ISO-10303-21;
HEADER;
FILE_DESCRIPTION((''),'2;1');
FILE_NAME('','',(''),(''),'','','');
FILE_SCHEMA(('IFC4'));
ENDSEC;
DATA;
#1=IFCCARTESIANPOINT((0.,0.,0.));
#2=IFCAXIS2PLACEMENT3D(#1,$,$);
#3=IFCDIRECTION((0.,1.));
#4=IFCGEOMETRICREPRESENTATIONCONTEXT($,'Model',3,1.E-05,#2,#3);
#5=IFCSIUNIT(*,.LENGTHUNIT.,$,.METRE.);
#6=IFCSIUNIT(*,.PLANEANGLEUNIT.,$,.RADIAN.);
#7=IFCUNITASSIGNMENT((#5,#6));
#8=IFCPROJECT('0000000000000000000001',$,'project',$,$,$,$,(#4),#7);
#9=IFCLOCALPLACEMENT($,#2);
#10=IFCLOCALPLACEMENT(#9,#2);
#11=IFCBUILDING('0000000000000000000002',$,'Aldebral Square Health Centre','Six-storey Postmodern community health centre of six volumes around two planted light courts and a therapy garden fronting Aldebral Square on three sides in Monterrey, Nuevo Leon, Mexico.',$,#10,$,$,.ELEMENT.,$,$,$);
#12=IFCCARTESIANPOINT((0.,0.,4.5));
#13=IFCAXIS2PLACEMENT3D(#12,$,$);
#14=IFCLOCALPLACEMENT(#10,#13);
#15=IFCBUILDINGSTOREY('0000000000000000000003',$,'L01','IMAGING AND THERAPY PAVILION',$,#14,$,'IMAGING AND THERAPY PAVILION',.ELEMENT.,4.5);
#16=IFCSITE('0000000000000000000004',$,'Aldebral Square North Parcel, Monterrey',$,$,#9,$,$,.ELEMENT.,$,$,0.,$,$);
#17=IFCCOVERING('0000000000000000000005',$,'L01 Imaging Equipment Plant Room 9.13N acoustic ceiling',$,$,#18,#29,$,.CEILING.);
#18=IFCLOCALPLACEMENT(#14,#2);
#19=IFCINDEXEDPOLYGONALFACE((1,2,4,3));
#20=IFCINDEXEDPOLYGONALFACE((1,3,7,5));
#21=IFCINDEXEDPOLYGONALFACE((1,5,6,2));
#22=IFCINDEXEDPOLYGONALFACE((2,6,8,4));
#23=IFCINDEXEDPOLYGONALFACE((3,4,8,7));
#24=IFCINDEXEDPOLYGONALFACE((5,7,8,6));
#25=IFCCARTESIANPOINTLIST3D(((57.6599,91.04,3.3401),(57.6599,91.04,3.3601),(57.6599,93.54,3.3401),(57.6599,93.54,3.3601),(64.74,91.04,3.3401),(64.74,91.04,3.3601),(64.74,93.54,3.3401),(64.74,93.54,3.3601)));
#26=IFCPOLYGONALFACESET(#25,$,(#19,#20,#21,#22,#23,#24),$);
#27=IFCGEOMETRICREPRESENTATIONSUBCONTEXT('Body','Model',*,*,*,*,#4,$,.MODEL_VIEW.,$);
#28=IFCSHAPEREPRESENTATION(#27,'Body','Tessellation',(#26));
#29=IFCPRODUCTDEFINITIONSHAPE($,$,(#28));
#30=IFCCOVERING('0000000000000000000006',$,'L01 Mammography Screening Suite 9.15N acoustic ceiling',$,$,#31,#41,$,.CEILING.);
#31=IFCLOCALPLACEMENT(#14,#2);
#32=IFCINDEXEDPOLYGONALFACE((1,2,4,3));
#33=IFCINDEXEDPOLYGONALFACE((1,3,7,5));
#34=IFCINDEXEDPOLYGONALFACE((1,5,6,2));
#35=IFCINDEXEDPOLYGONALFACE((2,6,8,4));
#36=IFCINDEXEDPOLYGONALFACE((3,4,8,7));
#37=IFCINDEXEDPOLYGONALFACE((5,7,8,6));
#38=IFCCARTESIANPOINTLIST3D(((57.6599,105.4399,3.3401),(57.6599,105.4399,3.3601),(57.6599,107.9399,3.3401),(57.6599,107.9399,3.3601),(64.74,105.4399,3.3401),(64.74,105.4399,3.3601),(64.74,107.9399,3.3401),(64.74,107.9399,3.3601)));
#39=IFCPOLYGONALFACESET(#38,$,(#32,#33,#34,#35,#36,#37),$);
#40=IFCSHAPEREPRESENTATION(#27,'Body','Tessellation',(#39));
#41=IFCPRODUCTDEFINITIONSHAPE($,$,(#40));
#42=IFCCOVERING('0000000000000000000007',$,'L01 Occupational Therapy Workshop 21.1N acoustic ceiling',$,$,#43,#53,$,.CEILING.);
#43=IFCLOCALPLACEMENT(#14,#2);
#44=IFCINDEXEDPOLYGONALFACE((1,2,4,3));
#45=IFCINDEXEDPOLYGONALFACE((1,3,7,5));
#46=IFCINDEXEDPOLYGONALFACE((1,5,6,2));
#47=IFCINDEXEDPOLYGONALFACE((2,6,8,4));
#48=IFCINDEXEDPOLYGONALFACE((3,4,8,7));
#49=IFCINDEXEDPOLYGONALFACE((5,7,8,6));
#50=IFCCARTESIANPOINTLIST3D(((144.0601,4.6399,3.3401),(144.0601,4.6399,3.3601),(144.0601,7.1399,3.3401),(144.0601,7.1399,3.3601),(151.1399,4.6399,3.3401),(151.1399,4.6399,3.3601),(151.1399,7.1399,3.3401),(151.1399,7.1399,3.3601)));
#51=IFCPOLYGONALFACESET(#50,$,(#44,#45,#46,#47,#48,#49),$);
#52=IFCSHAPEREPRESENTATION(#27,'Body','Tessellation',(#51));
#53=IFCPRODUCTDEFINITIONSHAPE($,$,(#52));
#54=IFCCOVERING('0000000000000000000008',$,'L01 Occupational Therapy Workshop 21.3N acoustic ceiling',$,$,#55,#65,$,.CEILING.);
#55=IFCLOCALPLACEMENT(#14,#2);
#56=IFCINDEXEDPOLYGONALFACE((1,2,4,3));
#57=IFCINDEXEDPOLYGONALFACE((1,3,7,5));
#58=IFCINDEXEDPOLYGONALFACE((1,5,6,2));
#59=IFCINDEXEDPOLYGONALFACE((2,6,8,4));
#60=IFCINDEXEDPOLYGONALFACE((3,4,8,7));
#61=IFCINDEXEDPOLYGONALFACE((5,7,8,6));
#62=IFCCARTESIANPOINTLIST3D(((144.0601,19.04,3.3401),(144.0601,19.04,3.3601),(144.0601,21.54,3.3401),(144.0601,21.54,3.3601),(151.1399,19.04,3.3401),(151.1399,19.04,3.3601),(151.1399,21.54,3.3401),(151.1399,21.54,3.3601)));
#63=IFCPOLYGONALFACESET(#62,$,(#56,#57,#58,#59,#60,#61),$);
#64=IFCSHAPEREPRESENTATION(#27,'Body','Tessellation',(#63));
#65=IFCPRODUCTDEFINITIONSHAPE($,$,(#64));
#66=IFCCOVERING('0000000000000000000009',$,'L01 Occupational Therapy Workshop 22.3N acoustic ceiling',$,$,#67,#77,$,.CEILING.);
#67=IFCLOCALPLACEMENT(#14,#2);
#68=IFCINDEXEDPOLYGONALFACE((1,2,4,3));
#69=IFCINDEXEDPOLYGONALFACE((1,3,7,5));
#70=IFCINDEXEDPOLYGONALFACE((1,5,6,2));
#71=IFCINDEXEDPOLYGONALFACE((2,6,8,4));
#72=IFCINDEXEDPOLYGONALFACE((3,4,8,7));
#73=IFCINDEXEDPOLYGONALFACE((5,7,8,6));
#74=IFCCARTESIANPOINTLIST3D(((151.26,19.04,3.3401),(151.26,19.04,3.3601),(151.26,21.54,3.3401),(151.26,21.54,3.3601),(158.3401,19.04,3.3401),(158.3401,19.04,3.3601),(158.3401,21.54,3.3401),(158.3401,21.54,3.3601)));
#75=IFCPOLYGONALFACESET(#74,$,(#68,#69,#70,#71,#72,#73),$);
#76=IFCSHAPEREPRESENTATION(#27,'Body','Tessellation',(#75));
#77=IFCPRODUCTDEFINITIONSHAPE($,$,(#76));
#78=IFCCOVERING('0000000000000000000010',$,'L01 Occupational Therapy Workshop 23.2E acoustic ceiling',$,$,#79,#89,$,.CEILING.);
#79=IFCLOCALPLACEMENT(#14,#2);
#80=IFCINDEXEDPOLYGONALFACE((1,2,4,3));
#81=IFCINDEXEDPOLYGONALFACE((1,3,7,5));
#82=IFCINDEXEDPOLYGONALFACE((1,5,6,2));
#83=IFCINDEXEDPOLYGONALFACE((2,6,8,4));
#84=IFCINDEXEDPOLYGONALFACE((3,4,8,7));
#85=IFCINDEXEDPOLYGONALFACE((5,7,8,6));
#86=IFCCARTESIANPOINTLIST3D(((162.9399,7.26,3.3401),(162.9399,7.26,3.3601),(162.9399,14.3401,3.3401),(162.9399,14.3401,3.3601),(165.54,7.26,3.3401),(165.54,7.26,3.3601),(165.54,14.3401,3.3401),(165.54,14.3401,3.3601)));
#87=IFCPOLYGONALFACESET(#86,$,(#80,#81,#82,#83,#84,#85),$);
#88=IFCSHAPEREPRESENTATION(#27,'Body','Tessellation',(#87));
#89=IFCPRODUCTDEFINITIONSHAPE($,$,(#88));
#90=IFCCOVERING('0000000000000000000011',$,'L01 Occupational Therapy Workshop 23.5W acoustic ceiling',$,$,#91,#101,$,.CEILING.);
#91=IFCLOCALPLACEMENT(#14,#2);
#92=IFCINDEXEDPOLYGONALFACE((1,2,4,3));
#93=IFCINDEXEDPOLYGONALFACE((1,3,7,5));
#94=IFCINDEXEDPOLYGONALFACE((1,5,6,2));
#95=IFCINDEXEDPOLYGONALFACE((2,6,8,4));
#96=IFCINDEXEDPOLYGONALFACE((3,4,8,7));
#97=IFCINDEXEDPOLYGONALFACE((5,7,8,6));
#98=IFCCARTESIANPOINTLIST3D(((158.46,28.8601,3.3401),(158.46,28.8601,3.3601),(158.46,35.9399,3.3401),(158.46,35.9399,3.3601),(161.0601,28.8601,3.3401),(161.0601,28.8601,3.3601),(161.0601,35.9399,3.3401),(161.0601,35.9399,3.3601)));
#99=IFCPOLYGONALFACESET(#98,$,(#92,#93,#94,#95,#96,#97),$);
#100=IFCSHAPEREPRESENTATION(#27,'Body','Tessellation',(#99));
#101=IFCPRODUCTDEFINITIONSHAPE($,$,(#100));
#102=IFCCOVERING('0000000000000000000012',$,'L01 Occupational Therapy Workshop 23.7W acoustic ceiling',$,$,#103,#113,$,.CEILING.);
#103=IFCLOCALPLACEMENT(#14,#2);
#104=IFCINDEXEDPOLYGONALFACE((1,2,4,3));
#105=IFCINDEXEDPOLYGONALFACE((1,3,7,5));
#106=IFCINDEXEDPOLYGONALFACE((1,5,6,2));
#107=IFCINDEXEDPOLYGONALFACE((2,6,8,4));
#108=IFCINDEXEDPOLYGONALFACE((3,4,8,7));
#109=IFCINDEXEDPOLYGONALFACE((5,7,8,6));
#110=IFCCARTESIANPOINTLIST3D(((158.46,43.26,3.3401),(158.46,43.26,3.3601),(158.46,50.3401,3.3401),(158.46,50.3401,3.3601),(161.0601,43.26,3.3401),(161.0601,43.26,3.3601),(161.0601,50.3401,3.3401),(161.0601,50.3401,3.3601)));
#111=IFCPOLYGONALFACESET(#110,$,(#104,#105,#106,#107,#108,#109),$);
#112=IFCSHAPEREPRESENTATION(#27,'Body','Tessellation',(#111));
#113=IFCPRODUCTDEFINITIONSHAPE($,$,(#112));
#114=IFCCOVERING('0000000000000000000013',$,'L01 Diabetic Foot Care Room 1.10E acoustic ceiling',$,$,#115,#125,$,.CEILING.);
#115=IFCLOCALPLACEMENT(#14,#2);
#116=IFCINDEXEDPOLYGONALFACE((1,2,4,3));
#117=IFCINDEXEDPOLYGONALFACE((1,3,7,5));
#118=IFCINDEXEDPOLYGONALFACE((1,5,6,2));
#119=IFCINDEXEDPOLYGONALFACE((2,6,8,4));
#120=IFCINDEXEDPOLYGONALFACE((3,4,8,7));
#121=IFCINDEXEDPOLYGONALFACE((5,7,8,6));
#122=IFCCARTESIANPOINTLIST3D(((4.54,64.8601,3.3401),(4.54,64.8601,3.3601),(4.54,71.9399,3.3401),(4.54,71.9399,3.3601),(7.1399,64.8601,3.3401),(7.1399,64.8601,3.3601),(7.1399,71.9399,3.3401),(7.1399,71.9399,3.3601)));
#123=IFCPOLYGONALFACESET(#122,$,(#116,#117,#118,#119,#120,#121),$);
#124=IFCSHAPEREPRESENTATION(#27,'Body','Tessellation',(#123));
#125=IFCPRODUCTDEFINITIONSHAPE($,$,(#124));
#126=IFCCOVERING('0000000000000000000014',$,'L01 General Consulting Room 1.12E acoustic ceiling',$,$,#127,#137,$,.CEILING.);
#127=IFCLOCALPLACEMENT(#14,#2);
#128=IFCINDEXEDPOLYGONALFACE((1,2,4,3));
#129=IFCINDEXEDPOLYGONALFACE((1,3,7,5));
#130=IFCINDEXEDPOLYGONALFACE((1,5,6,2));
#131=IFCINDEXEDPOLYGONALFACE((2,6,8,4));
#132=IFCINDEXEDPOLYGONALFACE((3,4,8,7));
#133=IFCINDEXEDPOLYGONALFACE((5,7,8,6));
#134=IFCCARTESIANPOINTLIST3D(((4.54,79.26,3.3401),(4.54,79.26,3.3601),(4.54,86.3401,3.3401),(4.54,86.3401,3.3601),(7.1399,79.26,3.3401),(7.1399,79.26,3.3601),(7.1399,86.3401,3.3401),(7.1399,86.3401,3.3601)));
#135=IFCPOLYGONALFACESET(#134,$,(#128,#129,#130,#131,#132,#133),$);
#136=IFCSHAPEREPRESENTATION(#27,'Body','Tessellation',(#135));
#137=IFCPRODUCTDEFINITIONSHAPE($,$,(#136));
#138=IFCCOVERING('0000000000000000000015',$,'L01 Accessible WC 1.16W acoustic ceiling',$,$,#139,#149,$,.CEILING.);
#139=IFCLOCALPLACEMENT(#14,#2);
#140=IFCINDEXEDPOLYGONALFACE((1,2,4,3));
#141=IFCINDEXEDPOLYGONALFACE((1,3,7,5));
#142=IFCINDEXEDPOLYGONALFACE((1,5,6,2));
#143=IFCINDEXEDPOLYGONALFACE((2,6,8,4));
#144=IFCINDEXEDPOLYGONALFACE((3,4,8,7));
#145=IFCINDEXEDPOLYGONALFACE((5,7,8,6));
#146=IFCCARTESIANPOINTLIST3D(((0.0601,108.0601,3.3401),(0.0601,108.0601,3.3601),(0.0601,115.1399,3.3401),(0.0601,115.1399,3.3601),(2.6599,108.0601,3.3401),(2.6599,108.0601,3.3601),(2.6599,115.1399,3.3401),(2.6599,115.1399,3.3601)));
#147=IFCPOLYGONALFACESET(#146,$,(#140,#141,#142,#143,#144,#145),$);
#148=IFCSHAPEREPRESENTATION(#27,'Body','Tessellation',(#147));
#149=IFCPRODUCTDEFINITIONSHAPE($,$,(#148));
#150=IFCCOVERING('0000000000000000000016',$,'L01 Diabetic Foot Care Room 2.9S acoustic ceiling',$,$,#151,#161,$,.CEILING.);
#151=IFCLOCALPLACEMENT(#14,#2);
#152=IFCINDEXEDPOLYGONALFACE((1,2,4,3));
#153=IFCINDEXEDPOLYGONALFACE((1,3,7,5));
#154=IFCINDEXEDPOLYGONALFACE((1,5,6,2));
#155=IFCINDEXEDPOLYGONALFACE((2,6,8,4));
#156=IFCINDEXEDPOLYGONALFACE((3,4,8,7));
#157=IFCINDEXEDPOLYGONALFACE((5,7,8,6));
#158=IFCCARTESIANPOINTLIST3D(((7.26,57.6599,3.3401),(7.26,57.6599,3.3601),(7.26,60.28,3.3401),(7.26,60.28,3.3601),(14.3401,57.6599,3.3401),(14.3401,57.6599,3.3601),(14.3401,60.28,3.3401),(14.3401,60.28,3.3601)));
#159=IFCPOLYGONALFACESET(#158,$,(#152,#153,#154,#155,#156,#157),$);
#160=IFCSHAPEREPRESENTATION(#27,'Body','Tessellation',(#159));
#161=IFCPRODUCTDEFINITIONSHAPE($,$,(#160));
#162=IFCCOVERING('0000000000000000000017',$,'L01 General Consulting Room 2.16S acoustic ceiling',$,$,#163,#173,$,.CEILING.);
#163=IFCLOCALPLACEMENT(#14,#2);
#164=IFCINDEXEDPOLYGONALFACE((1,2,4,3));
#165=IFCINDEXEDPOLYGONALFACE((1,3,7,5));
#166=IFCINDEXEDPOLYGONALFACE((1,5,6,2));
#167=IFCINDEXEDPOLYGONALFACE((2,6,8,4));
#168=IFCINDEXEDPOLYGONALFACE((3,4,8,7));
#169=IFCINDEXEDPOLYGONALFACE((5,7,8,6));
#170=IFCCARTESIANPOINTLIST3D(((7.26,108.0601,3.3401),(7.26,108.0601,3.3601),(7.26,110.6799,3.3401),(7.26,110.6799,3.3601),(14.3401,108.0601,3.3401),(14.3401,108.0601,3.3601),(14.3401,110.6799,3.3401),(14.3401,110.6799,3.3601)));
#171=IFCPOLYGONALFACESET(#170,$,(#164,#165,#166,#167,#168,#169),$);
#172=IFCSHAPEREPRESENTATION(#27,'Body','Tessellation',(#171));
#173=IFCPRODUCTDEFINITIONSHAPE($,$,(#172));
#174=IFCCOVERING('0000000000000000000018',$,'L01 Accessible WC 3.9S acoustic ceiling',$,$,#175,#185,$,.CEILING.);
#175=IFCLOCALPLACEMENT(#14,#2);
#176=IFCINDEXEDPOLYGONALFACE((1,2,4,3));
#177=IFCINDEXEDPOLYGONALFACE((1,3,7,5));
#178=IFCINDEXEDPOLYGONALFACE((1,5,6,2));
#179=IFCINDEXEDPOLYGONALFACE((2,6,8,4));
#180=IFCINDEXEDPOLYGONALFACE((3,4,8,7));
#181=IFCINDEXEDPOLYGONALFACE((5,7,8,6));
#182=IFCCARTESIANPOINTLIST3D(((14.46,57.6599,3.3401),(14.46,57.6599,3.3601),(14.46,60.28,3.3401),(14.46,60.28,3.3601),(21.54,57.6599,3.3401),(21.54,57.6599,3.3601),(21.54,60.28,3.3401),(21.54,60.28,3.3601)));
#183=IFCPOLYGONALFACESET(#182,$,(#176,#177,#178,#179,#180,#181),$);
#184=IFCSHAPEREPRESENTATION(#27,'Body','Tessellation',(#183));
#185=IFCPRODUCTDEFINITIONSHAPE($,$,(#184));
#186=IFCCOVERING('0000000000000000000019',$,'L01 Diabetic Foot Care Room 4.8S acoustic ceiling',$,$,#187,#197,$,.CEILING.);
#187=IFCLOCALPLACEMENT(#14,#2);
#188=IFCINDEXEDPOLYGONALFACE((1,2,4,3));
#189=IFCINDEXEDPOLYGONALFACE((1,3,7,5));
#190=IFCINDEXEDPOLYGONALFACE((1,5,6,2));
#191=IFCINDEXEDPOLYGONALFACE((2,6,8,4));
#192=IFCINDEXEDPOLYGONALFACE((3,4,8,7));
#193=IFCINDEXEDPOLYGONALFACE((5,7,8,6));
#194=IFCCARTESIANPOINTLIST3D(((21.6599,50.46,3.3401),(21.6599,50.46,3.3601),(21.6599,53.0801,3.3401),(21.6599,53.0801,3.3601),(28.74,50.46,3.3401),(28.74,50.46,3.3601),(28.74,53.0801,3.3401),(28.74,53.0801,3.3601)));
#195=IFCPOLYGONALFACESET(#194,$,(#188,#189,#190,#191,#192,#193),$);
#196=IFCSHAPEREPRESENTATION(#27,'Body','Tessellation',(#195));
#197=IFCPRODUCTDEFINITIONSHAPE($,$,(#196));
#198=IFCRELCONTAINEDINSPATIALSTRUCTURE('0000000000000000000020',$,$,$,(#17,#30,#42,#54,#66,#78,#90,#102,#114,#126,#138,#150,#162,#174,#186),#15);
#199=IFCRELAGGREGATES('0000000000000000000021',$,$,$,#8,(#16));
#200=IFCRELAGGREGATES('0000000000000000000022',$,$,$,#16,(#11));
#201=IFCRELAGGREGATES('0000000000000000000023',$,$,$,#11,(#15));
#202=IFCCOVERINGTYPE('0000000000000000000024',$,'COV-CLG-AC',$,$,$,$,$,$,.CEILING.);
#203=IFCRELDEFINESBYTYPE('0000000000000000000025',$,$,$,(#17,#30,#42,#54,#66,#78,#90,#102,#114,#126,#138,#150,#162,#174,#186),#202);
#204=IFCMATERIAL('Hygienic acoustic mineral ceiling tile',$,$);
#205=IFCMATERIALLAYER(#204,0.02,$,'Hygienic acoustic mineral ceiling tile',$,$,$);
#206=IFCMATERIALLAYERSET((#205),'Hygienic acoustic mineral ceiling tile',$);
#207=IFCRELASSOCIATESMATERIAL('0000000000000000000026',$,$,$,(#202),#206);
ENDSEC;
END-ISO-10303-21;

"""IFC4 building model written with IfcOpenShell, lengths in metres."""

from ifc_helpers import new_model, si_unit, direction, frame, origin, place, context, subcontext, project, spatial, polyline, outline, extrude, material, layer, layer_set, type_object, element, save


model = new_model("IFC4")

# Units and contexts
model_context = context("Model", 3, precision=1e-05, world=origin(), true_north=direction((0.0, 1.0)))
body_context = subcontext(model_context, "Body", "Model", "MODEL_VIEW")
ifc_project = project(units=[si_unit("LENGTHUNIT", "METRE"), si_unit("PLANEANGLEUNIT", "RADIAN")], contexts=[model_context])

# Site, building, storey
site_placement = place(None, origin())
site = spatial("IfcSite", under=ifc_project, at=site_placement, Name="Aldebral Square North Parcel, Monterrey", CompositionType="ELEMENT", RefElevation=0.0)
building_placement = place(site_placement, origin())
building = spatial("IfcBuilding", under=site, at=building_placement, Name="Aldebral Square Health Centre", Description="Six-storey Postmodern community health centre of six volumes around two planted light courts and a therapy garden fronting Aldebral Square on three sides in Monterrey, Nuevo Leon, Mexico.", CompositionType="ELEMENT")
storey_placement = place(building_placement, frame((0.0, 0.0, 4.5)))
storey = spatial("IfcBuildingStorey", under=building, at=storey_placement, Name="L01", Description="IMAGING AND THERAPY PAVILION", LongName="IMAGING AND THERAPY PAVILION", CompositionType="ELEMENT", Elevation=4.5)

# Coverings
ifc_material = material(Name="Hygienic acoustic mineral ceiling tile")
ifc_layer = layer(ifc_material, 0.02, Name="Hygienic acoustic mineral ceiling tile")
ifc_layer_set = layer_set([ifc_layer], Name="Hygienic acoustic mineral ceiling tile")
covering_type = type_object("IfcCoveringType", Name="COV-CLG-AC", PredefinedType="CEILING", material=ifc_layer_set)
covering_1_placement = place(storey_placement, frame((0.0, 0.0, 3.3401)))
element("IfcCovering", 1, at=covering_1_placement, inside=storey, type_object=covering_type, Name="L01 Imaging Equipment Plant Room 9.13N acoustic ceiling", PredefinedType="CEILING", context=body_context, shape_type="SweptSolid", body=[
    extrude(outline(polyline([(57.6599, 91.04), (64.74, 91.04), (64.74, 93.54), (57.6599, 93.54), (57.6599, 91.04)])), origin(), (0.0, 0.0, 1.0), 0.02),
])
covering_2_placement = place(storey_placement, frame((0.0, 0.0, 3.3401)))
element("IfcCovering", 2, at=covering_2_placement, inside=storey, type_object=covering_type, Name="L01 Mammography Screening Suite 9.15N acoustic ceiling", PredefinedType="CEILING", context=body_context, shape_type="SweptSolid", body=[
    extrude(outline(polyline([(57.6599, 105.4399), (64.74, 105.4399), (64.74, 107.9399), (57.6599, 107.9399), (57.6599, 105.4399)])), origin(), (0.0, 0.0, 1.0), 0.02),
])
covering_3_placement = place(storey_placement, frame((0.0, 0.0, 3.3401)))
element("IfcCovering", 3, at=covering_3_placement, inside=storey, type_object=covering_type, Name="L01 Occupational Therapy Workshop 21.1N acoustic ceiling", PredefinedType="CEILING", context=body_context, shape_type="SweptSolid", body=[
    extrude(outline(polyline([(144.0601, 4.6399), (151.1399, 4.6399), (151.1399, 7.1399), (144.0601, 7.1399), (144.0601, 4.6399)])), origin(), (0.0, 0.0, 1.0), 0.02),
])
covering_4_placement = place(storey_placement, frame((0.0, 0.0, 3.3401)))
element("IfcCovering", 4, at=covering_4_placement, inside=storey, type_object=covering_type, Name="L01 Occupational Therapy Workshop 21.3N acoustic ceiling", PredefinedType="CEILING", context=body_context, shape_type="SweptSolid", body=[
    extrude(outline(polyline([(144.0601, 19.04), (151.1399, 19.04), (151.1399, 21.54), (144.0601, 21.54), (144.0601, 19.04)])), origin(), (0.0, 0.0, 1.0), 0.02),
])
covering_5_placement = place(storey_placement, frame((0.0, 0.0, 3.3401)))
element("IfcCovering", 5, at=covering_5_placement, inside=storey, type_object=covering_type, Name="L01 Occupational Therapy Workshop 22.3N acoustic ceiling", PredefinedType="CEILING", context=body_context, shape_type="SweptSolid", body=[
    extrude(outline(polyline([(151.26, 19.04), (158.3401, 19.04), (158.3401, 21.54), (151.26, 21.54), (151.26, 19.04)])), origin(), (0.0, 0.0, 1.0), 0.02),
])
covering_6_placement = place(storey_placement, frame((0.0, 0.0, 3.3401)))
element("IfcCovering", 6, at=covering_6_placement, inside=storey, type_object=covering_type, Name="L01 Occupational Therapy Workshop 23.2E acoustic ceiling", PredefinedType="CEILING", context=body_context, shape_type="SweptSolid", body=[
    extrude(outline(polyline([(162.9399, 7.26), (165.54, 7.26), (165.54, 14.3401), (162.9399, 14.3401), (162.9399, 7.26)])), origin(), (0.0, 0.0, 1.0), 0.02),
])
covering_7_placement = place(storey_placement, frame((0.0, 0.0, 3.3401)))
element("IfcCovering", 7, at=covering_7_placement, inside=storey, type_object=covering_type, Name="L01 Occupational Therapy Workshop 23.5W acoustic ceiling", PredefinedType="CEILING", context=body_context, shape_type="SweptSolid", body=[
    extrude(outline(polyline([(158.46, 28.8601), (161.0601, 28.8601), (161.0601, 35.9399), (158.46, 35.9399), (158.46, 28.8601)])), origin(), (0.0, 0.0, 1.0), 0.02),
])
covering_8_placement = place(storey_placement, frame((0.0, 0.0, 3.3401)))
element("IfcCovering", 8, at=covering_8_placement, inside=storey, type_object=covering_type, Name="L01 Occupational Therapy Workshop 23.7W acoustic ceiling", PredefinedType="CEILING", context=body_context, shape_type="SweptSolid", body=[
    extrude(outline(polyline([(158.46, 43.26), (161.0601, 43.26), (161.0601, 50.3401), (158.46, 50.3401), (158.46, 43.26)])), origin(), (0.0, 0.0, 1.0), 0.02),
])
covering_9_placement = place(storey_placement, frame((0.0, 0.0, 3.3401)))
element("IfcCovering", 9, at=covering_9_placement, inside=storey, type_object=covering_type, Name="L01 Diabetic Foot Care Room 1.10E acoustic ceiling", PredefinedType="CEILING", context=body_context, shape_type="SweptSolid", body=[
    extrude(outline(polyline([(4.54, 64.8601), (7.1399, 64.8601), (7.1399, 71.9399), (4.54, 71.9399), (4.54, 64.8601)])), origin(), (0.0, 0.0, 1.0), 0.02),
])
covering_10_placement = place(storey_placement, frame((0.0, 0.0, 3.3401)))
element("IfcCovering", 10, at=covering_10_placement, inside=storey, type_object=covering_type, Name="L01 General Consulting Room 1.12E acoustic ceiling", PredefinedType="CEILING", context=body_context, shape_type="SweptSolid", body=[
    extrude(outline(polyline([(4.54, 79.26), (7.1399, 79.26), (7.1399, 86.3401), (4.54, 86.3401), (4.54, 79.26)])), origin(), (0.0, 0.0, 1.0), 0.02),
])
covering_11_placement = place(storey_placement, frame((0.0, 0.0, 3.3401)))
element("IfcCovering", 11, at=covering_11_placement, inside=storey, type_object=covering_type, Name="L01 Accessible WC 1.16W acoustic ceiling", PredefinedType="CEILING", context=body_context, shape_type="SweptSolid", body=[
    extrude(outline(polyline([(0.0601, 108.0601), (2.6599, 108.0601), (2.6599, 115.1399), (0.0601, 115.1399), (0.0601, 108.0601)])), origin(), (0.0, 0.0, 1.0), 0.02),
])
covering_12_placement = place(storey_placement, frame((0.0, 0.0, 3.3401)))
element("IfcCovering", 12, at=covering_12_placement, inside=storey, type_object=covering_type, Name="L01 Diabetic Foot Care Room 2.9S acoustic ceiling", PredefinedType="CEILING", context=body_context, shape_type="SweptSolid", body=[
    extrude(outline(polyline([(7.26, 57.6599), (14.3401, 57.6599), (14.3401, 60.28), (7.26, 60.28), (7.26, 57.6599)])), origin(), (0.0, 0.0, 1.0), 0.02),
])
covering_13_placement = place(storey_placement, frame((0.0, 0.0, 3.3401)))
element("IfcCovering", 13, at=covering_13_placement, inside=storey, type_object=covering_type, Name="L01 General Consulting Room 2.16S acoustic ceiling", PredefinedType="CEILING", context=body_context, shape_type="SweptSolid", body=[
    extrude(outline(polyline([(7.26, 108.0601), (14.3401, 108.0601), (14.3401, 110.6799), (7.26, 110.6799), (7.26, 108.0601)])), origin(), (0.0, 0.0, 1.0), 0.02),
])
covering_14_placement = place(storey_placement, frame((0.0, 0.0, 3.3401)))
element("IfcCovering", 14, at=covering_14_placement, inside=storey, type_object=covering_type, Name="L01 Accessible WC 3.9S acoustic ceiling", PredefinedType="CEILING", context=body_context, shape_type="SweptSolid", body=[
    extrude(outline(polyline([(14.46, 57.6599), (21.54, 57.6599), (21.54, 60.28), (14.46, 60.28), (14.46, 57.6599)])), origin(), (0.0, 0.0, 1.0), 0.02),
])
covering_15_placement = place(storey_placement, frame((0.0, 0.0, 3.3401)))
element("IfcCovering", 15, at=covering_15_placement, inside=storey, type_object=covering_type, Name="L01 Diabetic Foot Care Room 4.8S acoustic ceiling", PredefinedType="CEILING", context=body_context, shape_type="SweptSolid", body=[
    extrude(outline(polyline([(21.6599, 50.46), (28.74, 50.46), (28.74, 53.0801), (21.6599, 53.0801), (21.6599, 50.46)])), origin(), (0.0, 0.0, 1.0), 0.02),
])

save(model, "model.ifc")
